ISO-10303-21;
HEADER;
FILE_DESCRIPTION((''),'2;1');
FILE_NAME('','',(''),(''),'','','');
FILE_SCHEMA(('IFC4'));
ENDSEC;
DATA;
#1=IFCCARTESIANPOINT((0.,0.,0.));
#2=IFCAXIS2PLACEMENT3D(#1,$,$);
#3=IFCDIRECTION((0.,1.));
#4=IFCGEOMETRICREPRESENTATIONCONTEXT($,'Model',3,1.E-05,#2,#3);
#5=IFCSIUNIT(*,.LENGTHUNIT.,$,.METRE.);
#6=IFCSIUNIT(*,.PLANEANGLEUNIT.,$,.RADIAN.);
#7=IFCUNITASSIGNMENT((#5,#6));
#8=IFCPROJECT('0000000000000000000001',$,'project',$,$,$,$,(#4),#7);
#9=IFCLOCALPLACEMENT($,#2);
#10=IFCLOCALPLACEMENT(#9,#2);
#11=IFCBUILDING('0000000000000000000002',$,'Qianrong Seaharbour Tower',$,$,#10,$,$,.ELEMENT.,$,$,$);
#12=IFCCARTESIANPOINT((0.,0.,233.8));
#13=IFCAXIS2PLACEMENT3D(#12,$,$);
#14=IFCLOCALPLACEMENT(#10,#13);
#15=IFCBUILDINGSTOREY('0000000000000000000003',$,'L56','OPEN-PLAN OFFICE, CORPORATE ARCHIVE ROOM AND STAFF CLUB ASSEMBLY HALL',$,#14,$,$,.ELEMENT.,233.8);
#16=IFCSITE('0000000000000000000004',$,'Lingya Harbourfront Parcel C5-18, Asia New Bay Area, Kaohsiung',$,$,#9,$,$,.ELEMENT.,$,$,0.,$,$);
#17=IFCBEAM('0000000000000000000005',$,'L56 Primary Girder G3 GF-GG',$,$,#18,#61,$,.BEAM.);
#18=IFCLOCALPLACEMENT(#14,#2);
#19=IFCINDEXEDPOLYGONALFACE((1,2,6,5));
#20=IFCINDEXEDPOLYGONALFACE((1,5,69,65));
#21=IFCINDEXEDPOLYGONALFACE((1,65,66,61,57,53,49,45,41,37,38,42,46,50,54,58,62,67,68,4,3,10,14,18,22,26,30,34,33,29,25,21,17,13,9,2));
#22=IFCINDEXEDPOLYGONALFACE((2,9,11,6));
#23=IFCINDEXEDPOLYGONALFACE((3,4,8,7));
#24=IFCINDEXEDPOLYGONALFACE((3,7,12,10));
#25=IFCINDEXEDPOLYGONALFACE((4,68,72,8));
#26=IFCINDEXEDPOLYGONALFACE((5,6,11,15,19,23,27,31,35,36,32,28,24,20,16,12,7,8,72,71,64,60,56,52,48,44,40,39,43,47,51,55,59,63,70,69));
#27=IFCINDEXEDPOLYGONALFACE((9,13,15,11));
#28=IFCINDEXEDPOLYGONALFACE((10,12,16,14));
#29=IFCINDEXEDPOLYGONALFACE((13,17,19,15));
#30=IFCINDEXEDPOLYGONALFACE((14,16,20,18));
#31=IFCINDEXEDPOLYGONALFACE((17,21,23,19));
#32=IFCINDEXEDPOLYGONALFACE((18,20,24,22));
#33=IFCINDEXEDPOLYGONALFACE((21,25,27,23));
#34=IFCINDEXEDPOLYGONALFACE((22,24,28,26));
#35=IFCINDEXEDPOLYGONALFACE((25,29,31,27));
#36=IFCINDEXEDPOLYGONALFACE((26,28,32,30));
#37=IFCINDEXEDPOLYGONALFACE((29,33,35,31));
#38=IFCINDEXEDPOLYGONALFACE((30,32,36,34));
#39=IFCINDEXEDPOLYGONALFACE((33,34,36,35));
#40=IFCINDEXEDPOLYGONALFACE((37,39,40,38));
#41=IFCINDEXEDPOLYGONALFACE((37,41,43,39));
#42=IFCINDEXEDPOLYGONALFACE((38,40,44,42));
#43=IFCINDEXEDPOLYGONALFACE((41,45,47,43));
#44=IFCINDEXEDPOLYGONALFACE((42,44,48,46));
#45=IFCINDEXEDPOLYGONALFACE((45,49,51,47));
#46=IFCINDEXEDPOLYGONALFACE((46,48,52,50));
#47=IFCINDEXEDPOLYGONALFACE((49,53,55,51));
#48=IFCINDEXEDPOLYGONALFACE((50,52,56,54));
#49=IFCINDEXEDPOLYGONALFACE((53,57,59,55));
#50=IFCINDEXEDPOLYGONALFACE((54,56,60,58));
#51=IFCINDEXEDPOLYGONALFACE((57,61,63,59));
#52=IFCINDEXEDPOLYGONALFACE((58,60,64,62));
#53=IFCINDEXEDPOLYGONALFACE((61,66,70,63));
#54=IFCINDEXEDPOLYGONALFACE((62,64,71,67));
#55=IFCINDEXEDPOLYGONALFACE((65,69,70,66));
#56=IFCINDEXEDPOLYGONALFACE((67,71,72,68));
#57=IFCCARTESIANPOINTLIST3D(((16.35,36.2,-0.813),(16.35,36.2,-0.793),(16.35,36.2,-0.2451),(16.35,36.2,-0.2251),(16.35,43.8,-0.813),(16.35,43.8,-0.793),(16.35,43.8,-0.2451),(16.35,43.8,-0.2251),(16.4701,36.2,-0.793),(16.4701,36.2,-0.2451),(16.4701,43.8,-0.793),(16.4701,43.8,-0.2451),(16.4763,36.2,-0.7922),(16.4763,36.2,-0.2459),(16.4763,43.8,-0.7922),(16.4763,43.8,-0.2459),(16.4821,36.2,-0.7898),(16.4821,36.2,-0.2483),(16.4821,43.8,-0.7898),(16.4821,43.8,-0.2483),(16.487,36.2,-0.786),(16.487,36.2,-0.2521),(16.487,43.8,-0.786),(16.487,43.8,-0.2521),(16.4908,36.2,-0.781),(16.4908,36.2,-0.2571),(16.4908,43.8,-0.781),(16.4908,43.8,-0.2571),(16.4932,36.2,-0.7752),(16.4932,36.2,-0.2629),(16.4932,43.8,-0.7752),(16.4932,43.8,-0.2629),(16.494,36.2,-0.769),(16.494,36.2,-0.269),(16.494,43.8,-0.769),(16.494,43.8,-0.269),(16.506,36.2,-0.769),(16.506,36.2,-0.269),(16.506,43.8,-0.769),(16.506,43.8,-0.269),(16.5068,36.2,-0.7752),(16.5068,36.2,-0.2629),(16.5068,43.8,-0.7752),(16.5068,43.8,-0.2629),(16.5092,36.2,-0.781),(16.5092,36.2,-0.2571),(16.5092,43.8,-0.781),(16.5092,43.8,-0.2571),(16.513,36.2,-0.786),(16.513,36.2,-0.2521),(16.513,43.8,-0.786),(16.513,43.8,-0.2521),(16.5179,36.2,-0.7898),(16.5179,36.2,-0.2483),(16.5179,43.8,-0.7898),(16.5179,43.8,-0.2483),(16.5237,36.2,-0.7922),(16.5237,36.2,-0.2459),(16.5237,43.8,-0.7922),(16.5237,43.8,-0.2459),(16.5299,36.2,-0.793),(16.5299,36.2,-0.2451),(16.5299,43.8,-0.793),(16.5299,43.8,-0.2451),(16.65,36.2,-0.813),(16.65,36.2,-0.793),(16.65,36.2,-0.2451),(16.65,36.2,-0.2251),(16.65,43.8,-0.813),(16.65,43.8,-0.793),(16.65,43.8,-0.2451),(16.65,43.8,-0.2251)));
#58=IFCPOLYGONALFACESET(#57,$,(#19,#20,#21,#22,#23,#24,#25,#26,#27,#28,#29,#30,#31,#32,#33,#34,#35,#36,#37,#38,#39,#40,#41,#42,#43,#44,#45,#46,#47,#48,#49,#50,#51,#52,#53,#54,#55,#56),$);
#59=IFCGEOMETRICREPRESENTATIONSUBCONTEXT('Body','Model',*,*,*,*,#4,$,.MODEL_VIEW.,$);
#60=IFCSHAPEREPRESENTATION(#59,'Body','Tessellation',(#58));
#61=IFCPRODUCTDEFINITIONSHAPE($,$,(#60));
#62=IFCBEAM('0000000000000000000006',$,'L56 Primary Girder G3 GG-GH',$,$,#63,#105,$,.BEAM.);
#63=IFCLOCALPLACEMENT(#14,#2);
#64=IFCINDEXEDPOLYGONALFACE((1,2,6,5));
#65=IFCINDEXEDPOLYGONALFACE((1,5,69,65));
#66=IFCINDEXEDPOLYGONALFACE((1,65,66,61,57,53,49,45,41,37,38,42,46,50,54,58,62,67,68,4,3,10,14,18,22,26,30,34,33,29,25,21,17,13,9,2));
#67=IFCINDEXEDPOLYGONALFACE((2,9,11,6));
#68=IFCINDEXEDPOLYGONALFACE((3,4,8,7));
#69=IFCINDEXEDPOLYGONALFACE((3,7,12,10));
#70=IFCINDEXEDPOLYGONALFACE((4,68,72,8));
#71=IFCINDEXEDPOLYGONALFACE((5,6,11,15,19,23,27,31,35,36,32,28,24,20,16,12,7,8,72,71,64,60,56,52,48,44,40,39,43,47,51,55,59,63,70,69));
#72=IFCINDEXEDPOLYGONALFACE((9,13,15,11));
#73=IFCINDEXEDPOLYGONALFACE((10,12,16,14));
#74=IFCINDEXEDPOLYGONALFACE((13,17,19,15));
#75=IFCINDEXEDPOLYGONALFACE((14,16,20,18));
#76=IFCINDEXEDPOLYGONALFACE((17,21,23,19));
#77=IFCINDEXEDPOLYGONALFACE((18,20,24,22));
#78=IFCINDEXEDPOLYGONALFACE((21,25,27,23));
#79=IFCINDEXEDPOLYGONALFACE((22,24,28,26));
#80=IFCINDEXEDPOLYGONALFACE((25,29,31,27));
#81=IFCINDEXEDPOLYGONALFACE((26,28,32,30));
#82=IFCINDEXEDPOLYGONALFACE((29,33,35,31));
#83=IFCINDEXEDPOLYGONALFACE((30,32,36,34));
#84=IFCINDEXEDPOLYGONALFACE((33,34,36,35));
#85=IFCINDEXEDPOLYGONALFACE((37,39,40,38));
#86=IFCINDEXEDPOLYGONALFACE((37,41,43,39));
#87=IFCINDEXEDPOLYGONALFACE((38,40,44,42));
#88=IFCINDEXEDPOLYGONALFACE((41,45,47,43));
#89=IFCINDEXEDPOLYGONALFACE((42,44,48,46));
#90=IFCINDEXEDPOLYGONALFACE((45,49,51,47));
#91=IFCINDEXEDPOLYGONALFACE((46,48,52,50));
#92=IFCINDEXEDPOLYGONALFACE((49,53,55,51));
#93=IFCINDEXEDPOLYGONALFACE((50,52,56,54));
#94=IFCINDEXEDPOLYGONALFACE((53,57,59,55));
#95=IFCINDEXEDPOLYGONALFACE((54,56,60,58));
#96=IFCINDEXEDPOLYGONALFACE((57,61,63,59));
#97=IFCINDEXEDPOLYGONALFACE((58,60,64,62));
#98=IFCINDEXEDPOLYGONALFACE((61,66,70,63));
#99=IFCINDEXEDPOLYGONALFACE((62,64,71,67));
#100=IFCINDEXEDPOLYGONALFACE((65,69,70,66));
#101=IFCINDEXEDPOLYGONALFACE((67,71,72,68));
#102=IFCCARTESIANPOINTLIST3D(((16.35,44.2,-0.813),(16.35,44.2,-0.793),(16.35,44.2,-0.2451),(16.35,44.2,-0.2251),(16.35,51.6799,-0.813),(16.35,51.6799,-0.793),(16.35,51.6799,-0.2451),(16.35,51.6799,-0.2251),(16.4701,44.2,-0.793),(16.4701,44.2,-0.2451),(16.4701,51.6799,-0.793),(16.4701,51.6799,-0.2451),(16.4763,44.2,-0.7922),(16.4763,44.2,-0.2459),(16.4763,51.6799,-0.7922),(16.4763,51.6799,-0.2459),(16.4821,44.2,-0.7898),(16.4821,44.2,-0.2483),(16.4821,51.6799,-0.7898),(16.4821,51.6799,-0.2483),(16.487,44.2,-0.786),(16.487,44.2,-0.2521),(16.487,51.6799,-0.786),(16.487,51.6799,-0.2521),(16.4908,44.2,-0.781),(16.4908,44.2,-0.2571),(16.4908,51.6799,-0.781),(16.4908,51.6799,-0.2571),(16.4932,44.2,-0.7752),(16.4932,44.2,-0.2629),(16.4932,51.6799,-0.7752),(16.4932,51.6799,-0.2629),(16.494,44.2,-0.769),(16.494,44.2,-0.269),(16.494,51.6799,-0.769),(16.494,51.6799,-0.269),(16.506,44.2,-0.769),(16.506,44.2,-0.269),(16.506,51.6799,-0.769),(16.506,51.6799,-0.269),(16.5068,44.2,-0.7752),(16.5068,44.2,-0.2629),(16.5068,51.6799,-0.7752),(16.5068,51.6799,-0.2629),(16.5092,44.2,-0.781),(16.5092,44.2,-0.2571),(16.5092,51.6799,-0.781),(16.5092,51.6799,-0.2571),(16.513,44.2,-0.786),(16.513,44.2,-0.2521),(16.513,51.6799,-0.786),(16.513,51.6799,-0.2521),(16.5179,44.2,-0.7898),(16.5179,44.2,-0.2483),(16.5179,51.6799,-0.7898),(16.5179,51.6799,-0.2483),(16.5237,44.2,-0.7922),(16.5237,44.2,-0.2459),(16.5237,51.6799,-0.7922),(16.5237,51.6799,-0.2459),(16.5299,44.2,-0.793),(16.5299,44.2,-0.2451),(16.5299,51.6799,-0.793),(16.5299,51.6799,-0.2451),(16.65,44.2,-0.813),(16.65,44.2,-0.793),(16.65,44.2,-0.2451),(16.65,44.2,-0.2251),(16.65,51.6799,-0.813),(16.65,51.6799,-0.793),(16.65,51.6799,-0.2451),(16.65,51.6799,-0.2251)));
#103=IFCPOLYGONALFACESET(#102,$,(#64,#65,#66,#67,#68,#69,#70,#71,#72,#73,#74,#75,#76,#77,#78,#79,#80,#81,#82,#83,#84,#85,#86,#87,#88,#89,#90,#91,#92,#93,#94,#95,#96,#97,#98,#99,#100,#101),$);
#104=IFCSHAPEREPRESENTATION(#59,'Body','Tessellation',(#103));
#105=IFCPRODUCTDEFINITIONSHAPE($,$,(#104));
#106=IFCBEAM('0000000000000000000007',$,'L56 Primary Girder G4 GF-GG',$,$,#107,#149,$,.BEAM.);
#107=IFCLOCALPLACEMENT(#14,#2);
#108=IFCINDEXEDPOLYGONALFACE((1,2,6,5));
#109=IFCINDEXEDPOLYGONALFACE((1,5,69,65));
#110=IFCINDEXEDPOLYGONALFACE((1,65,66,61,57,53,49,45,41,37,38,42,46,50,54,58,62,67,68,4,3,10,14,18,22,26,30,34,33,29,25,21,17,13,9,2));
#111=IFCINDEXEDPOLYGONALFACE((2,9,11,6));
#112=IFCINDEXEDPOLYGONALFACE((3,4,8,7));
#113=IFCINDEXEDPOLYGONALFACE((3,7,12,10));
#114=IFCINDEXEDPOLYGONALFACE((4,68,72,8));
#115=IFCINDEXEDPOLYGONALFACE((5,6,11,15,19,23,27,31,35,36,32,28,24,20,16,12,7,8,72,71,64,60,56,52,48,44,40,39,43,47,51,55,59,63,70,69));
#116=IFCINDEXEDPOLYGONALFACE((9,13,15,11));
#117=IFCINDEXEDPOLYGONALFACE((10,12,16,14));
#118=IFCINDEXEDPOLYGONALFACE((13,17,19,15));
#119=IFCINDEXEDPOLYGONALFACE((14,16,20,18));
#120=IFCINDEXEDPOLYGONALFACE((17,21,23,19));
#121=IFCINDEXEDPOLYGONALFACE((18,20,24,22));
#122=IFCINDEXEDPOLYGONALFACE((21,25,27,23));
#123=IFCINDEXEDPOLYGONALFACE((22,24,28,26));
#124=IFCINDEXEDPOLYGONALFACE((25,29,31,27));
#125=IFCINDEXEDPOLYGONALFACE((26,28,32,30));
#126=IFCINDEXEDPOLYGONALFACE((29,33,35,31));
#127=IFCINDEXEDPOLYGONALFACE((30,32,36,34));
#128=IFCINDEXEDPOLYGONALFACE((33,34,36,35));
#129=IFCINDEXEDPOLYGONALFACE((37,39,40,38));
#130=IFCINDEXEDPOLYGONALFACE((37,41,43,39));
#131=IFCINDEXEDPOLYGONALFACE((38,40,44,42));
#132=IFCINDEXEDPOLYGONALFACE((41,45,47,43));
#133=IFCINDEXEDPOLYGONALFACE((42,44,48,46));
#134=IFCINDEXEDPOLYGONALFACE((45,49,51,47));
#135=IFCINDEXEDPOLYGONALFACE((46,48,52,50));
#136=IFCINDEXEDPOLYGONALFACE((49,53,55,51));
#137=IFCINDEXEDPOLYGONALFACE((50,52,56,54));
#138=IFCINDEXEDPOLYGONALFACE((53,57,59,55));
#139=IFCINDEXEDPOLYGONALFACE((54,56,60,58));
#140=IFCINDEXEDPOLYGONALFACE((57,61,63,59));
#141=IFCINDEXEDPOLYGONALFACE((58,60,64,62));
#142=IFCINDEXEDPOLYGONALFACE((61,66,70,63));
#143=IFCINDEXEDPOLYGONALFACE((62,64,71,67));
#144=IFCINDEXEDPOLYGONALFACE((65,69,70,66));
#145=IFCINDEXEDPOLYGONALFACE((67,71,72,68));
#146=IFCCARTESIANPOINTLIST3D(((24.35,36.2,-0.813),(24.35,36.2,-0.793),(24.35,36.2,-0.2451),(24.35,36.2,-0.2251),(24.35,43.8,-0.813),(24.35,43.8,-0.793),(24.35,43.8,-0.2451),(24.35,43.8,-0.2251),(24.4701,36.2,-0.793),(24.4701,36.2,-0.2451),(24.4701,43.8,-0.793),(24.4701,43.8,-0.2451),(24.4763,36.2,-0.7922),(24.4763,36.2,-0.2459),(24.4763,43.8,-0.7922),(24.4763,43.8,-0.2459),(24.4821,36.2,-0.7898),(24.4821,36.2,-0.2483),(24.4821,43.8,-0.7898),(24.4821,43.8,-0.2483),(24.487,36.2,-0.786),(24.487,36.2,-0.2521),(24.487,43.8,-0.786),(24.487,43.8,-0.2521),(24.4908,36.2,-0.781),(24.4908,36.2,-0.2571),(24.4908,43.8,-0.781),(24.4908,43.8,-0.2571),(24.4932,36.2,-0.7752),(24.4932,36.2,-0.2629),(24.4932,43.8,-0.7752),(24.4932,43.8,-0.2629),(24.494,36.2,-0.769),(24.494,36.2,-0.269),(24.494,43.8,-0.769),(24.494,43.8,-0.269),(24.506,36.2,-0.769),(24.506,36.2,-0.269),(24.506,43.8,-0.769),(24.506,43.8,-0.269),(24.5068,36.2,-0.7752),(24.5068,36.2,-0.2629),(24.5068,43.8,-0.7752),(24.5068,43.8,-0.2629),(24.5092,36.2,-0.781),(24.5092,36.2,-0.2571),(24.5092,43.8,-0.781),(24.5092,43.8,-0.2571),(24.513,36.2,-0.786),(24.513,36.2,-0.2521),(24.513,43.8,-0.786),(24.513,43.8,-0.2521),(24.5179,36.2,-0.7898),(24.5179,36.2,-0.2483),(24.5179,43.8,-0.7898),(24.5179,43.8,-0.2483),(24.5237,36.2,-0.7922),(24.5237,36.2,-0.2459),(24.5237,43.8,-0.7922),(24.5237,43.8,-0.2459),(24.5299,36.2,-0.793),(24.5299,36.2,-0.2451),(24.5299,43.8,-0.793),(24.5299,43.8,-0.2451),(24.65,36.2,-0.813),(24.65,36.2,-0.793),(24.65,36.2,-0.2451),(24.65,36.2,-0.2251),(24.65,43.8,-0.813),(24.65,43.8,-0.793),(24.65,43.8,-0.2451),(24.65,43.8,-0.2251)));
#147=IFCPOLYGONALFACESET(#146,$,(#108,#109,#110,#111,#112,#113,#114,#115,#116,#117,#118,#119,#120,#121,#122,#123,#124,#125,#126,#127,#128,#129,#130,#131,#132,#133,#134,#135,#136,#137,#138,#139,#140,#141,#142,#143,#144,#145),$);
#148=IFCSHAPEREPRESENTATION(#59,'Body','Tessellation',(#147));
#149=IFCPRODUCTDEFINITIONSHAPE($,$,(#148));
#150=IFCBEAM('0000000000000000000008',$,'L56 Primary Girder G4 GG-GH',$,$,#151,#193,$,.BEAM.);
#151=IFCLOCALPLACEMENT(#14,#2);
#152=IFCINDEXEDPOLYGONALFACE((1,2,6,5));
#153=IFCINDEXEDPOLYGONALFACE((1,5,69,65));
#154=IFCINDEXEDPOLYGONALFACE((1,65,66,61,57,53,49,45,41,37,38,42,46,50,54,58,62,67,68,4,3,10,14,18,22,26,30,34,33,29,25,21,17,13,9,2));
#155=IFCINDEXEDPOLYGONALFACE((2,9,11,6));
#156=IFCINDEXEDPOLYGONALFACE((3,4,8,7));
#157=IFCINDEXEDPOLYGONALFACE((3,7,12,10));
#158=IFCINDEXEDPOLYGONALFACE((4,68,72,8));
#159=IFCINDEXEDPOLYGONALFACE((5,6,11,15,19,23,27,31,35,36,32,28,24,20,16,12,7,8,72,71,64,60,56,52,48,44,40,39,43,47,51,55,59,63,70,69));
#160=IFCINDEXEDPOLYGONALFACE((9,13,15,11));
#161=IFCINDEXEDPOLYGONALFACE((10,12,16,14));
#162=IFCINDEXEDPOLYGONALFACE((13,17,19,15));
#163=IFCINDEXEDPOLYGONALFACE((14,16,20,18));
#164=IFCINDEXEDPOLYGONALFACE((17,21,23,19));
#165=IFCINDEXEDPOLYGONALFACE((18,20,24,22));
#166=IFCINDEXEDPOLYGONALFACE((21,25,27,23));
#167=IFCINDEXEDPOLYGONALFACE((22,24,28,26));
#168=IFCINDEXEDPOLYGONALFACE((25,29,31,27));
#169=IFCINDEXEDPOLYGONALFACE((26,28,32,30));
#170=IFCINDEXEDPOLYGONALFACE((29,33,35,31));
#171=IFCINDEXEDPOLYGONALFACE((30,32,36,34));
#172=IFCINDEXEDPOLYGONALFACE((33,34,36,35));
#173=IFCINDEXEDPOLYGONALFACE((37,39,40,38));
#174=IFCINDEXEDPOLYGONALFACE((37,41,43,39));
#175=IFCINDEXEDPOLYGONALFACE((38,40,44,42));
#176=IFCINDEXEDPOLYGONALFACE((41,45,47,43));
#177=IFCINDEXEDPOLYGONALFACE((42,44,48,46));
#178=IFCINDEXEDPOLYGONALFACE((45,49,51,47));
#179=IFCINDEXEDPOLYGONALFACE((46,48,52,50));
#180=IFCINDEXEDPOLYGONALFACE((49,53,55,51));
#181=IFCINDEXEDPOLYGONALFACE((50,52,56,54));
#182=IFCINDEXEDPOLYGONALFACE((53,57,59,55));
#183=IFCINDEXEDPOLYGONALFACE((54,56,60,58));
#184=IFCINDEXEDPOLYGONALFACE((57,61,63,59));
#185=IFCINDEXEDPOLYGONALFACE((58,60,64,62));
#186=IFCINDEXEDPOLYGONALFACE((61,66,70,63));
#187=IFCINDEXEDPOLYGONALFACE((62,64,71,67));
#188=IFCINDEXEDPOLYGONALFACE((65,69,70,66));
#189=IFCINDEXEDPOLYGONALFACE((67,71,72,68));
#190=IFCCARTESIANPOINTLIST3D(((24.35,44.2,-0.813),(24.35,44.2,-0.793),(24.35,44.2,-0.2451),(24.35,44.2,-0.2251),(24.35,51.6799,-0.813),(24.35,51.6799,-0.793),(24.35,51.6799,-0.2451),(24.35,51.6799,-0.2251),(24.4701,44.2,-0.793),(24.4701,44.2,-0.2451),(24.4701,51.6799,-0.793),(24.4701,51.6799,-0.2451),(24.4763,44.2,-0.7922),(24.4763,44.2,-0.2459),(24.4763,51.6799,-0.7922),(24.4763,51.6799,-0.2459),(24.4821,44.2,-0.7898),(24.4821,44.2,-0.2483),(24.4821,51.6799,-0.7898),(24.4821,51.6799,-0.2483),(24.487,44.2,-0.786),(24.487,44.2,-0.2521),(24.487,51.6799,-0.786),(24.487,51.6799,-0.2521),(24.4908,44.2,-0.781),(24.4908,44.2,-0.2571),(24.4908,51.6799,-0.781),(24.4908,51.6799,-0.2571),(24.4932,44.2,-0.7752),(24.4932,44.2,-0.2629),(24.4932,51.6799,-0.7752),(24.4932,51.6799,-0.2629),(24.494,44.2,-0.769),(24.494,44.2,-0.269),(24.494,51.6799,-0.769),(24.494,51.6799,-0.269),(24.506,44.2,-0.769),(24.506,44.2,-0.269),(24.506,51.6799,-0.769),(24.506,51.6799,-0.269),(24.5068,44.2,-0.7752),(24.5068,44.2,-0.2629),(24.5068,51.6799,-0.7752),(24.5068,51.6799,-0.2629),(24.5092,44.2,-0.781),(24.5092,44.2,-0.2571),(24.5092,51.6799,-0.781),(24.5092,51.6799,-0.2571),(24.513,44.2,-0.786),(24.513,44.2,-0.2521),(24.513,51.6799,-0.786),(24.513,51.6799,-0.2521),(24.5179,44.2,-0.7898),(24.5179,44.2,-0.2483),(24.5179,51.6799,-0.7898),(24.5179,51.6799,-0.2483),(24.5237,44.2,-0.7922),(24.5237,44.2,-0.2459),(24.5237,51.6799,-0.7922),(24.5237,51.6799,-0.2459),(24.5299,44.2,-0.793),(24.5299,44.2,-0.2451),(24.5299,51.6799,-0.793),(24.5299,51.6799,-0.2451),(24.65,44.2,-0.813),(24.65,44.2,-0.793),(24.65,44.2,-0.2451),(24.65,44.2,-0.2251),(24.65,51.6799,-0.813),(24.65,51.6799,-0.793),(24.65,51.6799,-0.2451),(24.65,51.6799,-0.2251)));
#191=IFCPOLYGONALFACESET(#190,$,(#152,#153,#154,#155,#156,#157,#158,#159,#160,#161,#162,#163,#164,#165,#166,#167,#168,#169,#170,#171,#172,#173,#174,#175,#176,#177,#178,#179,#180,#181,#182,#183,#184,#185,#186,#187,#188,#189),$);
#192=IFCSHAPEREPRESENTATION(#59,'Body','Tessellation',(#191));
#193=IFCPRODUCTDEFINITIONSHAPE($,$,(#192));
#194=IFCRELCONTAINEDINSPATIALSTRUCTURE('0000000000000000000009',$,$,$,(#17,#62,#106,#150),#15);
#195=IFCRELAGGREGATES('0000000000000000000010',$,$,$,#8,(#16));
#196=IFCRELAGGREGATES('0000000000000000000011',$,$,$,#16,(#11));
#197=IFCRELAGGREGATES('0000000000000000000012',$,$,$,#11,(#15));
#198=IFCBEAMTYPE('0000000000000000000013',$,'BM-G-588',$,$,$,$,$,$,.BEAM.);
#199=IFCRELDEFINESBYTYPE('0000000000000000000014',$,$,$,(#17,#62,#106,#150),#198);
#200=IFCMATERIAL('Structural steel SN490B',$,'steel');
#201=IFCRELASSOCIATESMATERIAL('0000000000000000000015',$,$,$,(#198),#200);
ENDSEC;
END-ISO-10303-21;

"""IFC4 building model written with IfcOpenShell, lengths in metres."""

from ifc_helpers import new_model, si_unit, direction, frame, origin, origin_2d, place, context, subcontext, project, spatial, i_section, extrude, material, material_profile, profile_set, type_object, element, save


model = new_model("IFC4")

# Units and contexts
model_context = context("Model", 3, precision=1e-05, world=origin(), true_north=direction((0.0, 1.0)))
body_context = subcontext(model_context, "Body", "Model", "MODEL_VIEW")
ifc_project = project(units=[si_unit("LENGTHUNIT", "METRE"), si_unit("PLANEANGLEUNIT", "RADIAN")], contexts=[model_context])

# Site, building, storey
site_placement = place(None, origin())
site = spatial("IfcSite", under=ifc_project, at=site_placement, Name="Lingya Harbourfront Parcel C5-18, Asia New Bay Area, Kaohsiung", CompositionType="ELEMENT", RefElevation=0.0)
building_placement = place(site_placement, origin())
building = spatial("IfcBuilding", under=site, at=building_placement, Name="Qianrong Seaharbour Tower", CompositionType="ELEMENT")
storey_placement = place(building_placement, frame((0.0, 0.0, 233.8)))
storey = spatial("IfcBuildingStorey", under=building, at=storey_placement, Name="L56", Description="OPEN-PLAN OFFICE, CORPORATE ARCHIVE ROOM AND STAFF CLUB ASSEMBLY HALL", CompositionType="ELEMENT", Elevation=233.8)

# Shared definitions
ifc_material_1 = material(Name="Structural steel SN490B", Category="steel")

# Beams
ifc_material_profile_1 = material_profile(ifc_material_1, i_section(OverallWidth=0.3, OverallDepth=0.5879, WebThickness=0.012, FlangeThickness=0.02, FilletRadius=0.0239, at=origin_2d()), Name="H588x300x12x20")
ifc_profile_set_1 = profile_set([ifc_material_profile_1], Name="Structural steel SN490B")
beam_type_1 = type_object("IfcBeamType", Name="BM-G-588", PredefinedType="BEAM", material=ifc_profile_set_1)
for number, where, z_axis, x_axis, name in (
    (1, (16.5, 36.2, -0.519), (0.0, 1.0, 0.0), (-1.0, 0.0, 0.0), "L56 Primary Girder G3 GF-GG"),
):
    element("IfcBeam", number, at=place(storey_placement, frame(where, z_axis=z_axis, x_axis=x_axis)), inside=storey, type_object=beam_type_1, Name=name, PredefinedType="BEAM", context=body_context, shape_type="SweptSolid", body=[
        extrude(i_section(OverallWidth=0.3, OverallDepth=0.5879, WebThickness=0.012, FlangeThickness=0.02, FilletRadius=0.0239, at=origin_2d()), origin(), (0.0, 0.0, 1.0), 7.6001),
    ])
beam_1_placement = place(storey_placement, frame((16.5, 44.2, -0.519), z_axis=(0.0, 1.0, 0.0), x_axis=(-1.0, 0.0, 0.0)))
element("IfcBeam", 2, at=beam_1_placement, inside=storey, type_object=beam_type_1, Name="L56 Primary Girder G3 GG-GH", PredefinedType="BEAM", context=body_context, shape_type="SweptSolid", body=[
    extrude(i_section(OverallWidth=0.3, OverallDepth=0.5879, WebThickness=0.012, FlangeThickness=0.02, FilletRadius=0.0239, at=origin_2d()), origin(), (0.0, 0.0, 1.0), 7.48),
])
beam_2_placement = place(storey_placement, frame((24.5, 36.2, -0.519), z_axis=(0.0, 1.0, 0.0), x_axis=(-1.0, 0.0, 0.0)))
element("IfcBeam", 3, at=beam_2_placement, inside=storey, type_object=beam_type_1, Name="L56 Primary Girder G4 GF-GG", PredefinedType="BEAM", context=body_context, shape_type="SweptSolid", body=[
    extrude(i_section(OverallWidth=0.3, OverallDepth=0.5879, WebThickness=0.012, FlangeThickness=0.02, FilletRadius=0.0239, at=origin_2d()), origin(), (0.0, 0.0, 1.0), 7.6001),
])
beam_3_placement = place(storey_placement, frame((24.5, 44.2, -0.519), z_axis=(0.0, 1.0, 0.0), x_axis=(-1.0, 0.0, 0.0)))
element("IfcBeam", 4, at=beam_3_placement, inside=storey, type_object=beam_type_1, Name="L56 Primary Girder G4 GG-GH", PredefinedType="BEAM", context=body_context, shape_type="SweptSolid", body=[
    extrude(i_section(OverallWidth=0.3, OverallDepth=0.5879, WebThickness=0.012, FlangeThickness=0.02, FilletRadius=0.0239, at=origin_2d()), origin(), (0.0, 0.0, 1.0), 7.48),
])

save(model, "model.ifc")
